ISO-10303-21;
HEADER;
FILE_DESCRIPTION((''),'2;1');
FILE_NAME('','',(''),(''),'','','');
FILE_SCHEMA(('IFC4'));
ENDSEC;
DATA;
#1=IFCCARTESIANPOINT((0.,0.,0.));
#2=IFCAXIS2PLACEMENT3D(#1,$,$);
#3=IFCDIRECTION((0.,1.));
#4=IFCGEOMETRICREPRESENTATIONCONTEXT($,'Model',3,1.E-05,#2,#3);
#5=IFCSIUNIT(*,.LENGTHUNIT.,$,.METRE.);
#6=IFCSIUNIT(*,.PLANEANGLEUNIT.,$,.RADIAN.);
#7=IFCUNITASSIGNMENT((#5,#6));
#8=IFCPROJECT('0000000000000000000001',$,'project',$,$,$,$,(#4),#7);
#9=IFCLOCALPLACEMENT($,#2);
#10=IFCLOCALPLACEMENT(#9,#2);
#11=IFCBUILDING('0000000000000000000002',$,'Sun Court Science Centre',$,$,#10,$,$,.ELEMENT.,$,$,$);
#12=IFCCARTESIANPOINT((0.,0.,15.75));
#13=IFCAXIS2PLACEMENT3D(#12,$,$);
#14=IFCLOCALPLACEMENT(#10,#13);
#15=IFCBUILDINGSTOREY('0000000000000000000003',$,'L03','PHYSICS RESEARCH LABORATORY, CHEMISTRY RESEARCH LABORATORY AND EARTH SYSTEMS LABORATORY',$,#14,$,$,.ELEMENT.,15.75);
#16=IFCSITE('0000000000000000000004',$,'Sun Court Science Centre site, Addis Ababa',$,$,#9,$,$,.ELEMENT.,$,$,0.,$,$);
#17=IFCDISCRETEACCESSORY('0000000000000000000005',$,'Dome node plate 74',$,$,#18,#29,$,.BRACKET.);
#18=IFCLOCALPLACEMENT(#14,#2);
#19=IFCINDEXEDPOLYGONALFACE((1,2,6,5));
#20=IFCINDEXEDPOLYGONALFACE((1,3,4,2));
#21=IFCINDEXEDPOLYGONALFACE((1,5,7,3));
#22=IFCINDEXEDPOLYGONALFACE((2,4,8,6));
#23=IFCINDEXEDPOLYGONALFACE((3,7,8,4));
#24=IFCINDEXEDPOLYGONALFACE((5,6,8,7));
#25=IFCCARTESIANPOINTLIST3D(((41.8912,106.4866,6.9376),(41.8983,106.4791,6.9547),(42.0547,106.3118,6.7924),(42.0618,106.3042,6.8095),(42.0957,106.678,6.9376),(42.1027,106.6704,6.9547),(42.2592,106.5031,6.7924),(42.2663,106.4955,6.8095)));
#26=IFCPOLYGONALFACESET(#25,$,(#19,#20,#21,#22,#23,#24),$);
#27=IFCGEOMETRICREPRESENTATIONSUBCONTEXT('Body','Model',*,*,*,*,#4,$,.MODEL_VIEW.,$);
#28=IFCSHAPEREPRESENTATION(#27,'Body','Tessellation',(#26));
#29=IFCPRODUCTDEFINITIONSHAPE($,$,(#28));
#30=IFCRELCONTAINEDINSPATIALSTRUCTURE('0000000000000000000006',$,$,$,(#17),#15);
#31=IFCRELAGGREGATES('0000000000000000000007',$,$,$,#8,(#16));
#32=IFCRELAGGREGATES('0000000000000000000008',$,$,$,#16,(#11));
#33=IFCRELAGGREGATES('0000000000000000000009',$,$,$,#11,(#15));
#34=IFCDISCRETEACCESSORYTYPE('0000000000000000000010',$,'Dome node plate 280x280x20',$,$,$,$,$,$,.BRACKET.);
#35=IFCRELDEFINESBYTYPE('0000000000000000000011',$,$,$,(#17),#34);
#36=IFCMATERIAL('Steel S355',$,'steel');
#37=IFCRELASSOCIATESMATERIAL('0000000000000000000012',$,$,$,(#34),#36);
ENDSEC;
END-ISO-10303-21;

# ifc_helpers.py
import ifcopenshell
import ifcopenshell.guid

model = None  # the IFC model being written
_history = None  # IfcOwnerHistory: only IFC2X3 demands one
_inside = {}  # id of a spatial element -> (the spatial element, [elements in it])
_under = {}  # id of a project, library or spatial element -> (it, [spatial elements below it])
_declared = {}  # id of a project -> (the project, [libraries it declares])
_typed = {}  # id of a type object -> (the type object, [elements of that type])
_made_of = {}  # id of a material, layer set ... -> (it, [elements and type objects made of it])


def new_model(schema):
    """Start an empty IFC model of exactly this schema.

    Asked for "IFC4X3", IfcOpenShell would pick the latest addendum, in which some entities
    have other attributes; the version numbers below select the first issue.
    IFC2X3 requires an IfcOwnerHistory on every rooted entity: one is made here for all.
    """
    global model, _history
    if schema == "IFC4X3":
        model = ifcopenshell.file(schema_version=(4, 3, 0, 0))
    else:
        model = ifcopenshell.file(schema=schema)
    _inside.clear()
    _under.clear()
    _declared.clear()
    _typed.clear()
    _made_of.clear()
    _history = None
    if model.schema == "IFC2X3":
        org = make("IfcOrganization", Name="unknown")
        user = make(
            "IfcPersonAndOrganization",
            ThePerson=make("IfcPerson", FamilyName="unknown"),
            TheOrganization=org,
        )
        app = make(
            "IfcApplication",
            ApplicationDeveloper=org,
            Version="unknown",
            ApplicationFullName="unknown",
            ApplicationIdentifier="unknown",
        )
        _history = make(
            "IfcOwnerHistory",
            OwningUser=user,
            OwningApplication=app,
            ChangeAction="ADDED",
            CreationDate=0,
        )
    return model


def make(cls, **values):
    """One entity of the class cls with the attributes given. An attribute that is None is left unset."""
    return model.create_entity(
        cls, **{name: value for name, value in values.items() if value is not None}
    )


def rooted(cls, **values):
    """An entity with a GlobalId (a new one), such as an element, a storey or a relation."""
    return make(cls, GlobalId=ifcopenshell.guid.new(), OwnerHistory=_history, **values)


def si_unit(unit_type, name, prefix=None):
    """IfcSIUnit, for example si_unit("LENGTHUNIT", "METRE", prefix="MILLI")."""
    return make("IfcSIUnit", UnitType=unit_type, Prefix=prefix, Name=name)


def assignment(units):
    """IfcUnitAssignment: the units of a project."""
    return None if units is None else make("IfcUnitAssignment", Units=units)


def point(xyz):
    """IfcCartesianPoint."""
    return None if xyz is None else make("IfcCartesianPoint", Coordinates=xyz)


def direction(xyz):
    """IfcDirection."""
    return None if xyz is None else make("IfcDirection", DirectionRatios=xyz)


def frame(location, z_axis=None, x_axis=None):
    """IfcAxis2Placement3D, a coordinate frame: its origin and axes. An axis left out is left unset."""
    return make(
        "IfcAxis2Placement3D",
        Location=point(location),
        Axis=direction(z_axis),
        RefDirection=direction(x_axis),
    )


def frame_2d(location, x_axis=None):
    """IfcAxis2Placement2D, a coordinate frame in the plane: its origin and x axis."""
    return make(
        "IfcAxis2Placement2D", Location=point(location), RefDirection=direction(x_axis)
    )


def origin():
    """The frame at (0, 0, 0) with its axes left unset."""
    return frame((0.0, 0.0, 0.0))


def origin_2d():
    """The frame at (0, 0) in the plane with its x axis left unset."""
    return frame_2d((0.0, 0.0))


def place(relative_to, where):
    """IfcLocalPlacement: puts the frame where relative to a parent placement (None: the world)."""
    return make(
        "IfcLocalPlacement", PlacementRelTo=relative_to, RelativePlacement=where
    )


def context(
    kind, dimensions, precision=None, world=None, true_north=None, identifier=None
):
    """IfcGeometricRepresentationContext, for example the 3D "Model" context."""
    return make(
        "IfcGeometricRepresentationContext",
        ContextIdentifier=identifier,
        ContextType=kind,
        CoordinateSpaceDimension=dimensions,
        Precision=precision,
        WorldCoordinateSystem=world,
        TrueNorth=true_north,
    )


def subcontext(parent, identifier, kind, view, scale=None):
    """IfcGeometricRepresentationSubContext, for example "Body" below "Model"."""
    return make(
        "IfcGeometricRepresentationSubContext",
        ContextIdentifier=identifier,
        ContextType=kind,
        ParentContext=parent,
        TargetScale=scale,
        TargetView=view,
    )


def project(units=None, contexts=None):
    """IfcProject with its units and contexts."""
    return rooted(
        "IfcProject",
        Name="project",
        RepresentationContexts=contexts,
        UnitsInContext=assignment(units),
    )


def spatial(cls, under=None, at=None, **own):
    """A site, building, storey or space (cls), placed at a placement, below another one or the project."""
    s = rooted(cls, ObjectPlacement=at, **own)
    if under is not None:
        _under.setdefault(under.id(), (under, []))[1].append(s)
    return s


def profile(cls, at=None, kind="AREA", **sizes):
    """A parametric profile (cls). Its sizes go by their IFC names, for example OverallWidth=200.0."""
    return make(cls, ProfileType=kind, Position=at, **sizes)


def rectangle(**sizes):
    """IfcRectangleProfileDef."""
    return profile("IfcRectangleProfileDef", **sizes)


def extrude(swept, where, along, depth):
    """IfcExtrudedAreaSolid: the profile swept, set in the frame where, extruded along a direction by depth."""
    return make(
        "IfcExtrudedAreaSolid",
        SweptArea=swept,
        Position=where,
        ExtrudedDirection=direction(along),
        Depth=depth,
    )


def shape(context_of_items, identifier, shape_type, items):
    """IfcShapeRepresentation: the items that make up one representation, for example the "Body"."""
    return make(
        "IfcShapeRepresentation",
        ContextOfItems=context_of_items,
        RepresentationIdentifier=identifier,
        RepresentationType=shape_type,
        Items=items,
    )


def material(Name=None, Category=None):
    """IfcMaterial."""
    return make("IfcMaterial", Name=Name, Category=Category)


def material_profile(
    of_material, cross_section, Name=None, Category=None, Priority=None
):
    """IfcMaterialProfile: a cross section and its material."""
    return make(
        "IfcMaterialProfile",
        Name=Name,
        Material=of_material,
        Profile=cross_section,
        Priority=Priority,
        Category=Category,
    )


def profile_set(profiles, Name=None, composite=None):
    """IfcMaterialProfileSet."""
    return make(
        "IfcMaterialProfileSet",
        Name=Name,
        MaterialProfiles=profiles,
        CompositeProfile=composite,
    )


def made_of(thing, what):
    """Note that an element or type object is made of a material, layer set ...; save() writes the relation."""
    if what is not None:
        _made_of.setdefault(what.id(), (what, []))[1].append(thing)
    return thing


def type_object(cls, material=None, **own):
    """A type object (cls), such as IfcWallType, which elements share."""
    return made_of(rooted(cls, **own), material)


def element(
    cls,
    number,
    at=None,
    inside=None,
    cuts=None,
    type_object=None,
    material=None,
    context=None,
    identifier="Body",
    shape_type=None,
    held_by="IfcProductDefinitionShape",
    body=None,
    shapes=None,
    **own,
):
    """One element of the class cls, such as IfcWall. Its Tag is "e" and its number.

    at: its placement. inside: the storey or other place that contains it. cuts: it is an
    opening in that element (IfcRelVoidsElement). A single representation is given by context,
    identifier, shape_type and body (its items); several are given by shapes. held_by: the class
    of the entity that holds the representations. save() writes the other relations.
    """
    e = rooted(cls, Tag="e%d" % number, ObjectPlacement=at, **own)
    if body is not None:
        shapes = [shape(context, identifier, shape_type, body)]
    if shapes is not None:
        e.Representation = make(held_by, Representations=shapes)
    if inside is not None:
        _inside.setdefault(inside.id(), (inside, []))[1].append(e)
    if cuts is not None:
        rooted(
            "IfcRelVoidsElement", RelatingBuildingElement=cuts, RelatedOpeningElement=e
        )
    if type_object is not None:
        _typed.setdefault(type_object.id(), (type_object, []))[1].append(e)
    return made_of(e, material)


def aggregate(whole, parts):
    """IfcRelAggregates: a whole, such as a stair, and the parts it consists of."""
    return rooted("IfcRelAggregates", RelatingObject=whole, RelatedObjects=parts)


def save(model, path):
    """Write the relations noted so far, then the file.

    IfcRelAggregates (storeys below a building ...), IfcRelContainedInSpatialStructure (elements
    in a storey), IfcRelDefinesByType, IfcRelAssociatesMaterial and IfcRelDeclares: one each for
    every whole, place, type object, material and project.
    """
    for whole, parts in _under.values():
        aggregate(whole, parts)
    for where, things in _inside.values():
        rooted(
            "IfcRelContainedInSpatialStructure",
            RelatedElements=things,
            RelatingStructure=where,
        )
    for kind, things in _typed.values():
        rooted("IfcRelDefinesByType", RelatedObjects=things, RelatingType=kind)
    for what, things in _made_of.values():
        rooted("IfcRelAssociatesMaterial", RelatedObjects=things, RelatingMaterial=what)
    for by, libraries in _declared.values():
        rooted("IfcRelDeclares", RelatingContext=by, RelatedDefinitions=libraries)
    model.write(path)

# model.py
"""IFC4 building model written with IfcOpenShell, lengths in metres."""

from ifc_helpers import new_model, si_unit, direction, frame, origin, origin_2d, place, context, subcontext, project, spatial, rectangle, extrude, material, material_profile, profile_set, type_object, element, save


model = new_model("IFC4")

# Units and contexts
model_context = context("Model", 3, precision=1e-05, world=origin(), true_north=direction((0.0, 1.0)))
body_context = subcontext(model_context, "Body", "Model", "MODEL_VIEW")
ifc_project = project(units=[si_unit("LENGTHUNIT", "METRE"), si_unit("PLANEANGLEUNIT", "RADIAN")], contexts=[model_context])

# Site, building, storey
site_placement = place(None, origin())
site = spatial("IfcSite", under=ifc_project, at=site_placement, Name="Sun Court Science Centre site, Addis Ababa", CompositionType="ELEMENT", RefElevation=0.0)
building_placement = place(site_placement, origin())
building = spatial("IfcBuilding", under=site, at=building_placement, Name="Sun Court Science Centre", CompositionType="ELEMENT")
storey_placement = place(building_placement, frame((0.0, 0.0, 15.75)))
storey = spatial("IfcBuildingStorey", under=building, at=storey_placement, Name="L03", Description="PHYSICS RESEARCH LABORATORY, CHEMISTRY RESEARCH LABORATORY AND EARTH SYSTEMS LABORATORY", CompositionType="ELEMENT", Elevation=15.75)

# Discrete accessory
ifc_material_1 = material(Name="Steel S355", Category="steel")
ifc_material_profile_1 = material_profile(ifc_material_1, rectangle(XDim=0.28, YDim=0.28, at=origin_2d()), Name="PL 280x280")
ifc_profile_set_1 = profile_set([ifc_material_profile_1], Name="Steel S355")
discrete_accessory_type = type_object("IfcDiscreteAccessoryType", Name="Dome node plate 280x280x20", PredefinedType="BRACKET", material=ifc_profile_set_1)
for number, where, z_axis, x_axis, name in (
    (1, (42.0752, 106.4949, 6.865), (0.354239, -0.378669, 0.855058), (0.730271, 0.683157, 0.0), "Dome node plate 74"),
):
    element("IfcDiscreteAccessory", number, at=place(storey_placement, frame(where, z_axis=z_axis, x_axis=x_axis)), inside=storey, type_object=discrete_accessory_type, Name=name, PredefinedType="BRACKET", context=body_context, shape_type="SweptSolid", body=[
        extrude(rectangle(XDim=0.28, YDim=0.28, at=origin_2d()), origin(), (0.0, 0.0, 1.0), 0.02),
    ])

save(model, "model.ifc")
